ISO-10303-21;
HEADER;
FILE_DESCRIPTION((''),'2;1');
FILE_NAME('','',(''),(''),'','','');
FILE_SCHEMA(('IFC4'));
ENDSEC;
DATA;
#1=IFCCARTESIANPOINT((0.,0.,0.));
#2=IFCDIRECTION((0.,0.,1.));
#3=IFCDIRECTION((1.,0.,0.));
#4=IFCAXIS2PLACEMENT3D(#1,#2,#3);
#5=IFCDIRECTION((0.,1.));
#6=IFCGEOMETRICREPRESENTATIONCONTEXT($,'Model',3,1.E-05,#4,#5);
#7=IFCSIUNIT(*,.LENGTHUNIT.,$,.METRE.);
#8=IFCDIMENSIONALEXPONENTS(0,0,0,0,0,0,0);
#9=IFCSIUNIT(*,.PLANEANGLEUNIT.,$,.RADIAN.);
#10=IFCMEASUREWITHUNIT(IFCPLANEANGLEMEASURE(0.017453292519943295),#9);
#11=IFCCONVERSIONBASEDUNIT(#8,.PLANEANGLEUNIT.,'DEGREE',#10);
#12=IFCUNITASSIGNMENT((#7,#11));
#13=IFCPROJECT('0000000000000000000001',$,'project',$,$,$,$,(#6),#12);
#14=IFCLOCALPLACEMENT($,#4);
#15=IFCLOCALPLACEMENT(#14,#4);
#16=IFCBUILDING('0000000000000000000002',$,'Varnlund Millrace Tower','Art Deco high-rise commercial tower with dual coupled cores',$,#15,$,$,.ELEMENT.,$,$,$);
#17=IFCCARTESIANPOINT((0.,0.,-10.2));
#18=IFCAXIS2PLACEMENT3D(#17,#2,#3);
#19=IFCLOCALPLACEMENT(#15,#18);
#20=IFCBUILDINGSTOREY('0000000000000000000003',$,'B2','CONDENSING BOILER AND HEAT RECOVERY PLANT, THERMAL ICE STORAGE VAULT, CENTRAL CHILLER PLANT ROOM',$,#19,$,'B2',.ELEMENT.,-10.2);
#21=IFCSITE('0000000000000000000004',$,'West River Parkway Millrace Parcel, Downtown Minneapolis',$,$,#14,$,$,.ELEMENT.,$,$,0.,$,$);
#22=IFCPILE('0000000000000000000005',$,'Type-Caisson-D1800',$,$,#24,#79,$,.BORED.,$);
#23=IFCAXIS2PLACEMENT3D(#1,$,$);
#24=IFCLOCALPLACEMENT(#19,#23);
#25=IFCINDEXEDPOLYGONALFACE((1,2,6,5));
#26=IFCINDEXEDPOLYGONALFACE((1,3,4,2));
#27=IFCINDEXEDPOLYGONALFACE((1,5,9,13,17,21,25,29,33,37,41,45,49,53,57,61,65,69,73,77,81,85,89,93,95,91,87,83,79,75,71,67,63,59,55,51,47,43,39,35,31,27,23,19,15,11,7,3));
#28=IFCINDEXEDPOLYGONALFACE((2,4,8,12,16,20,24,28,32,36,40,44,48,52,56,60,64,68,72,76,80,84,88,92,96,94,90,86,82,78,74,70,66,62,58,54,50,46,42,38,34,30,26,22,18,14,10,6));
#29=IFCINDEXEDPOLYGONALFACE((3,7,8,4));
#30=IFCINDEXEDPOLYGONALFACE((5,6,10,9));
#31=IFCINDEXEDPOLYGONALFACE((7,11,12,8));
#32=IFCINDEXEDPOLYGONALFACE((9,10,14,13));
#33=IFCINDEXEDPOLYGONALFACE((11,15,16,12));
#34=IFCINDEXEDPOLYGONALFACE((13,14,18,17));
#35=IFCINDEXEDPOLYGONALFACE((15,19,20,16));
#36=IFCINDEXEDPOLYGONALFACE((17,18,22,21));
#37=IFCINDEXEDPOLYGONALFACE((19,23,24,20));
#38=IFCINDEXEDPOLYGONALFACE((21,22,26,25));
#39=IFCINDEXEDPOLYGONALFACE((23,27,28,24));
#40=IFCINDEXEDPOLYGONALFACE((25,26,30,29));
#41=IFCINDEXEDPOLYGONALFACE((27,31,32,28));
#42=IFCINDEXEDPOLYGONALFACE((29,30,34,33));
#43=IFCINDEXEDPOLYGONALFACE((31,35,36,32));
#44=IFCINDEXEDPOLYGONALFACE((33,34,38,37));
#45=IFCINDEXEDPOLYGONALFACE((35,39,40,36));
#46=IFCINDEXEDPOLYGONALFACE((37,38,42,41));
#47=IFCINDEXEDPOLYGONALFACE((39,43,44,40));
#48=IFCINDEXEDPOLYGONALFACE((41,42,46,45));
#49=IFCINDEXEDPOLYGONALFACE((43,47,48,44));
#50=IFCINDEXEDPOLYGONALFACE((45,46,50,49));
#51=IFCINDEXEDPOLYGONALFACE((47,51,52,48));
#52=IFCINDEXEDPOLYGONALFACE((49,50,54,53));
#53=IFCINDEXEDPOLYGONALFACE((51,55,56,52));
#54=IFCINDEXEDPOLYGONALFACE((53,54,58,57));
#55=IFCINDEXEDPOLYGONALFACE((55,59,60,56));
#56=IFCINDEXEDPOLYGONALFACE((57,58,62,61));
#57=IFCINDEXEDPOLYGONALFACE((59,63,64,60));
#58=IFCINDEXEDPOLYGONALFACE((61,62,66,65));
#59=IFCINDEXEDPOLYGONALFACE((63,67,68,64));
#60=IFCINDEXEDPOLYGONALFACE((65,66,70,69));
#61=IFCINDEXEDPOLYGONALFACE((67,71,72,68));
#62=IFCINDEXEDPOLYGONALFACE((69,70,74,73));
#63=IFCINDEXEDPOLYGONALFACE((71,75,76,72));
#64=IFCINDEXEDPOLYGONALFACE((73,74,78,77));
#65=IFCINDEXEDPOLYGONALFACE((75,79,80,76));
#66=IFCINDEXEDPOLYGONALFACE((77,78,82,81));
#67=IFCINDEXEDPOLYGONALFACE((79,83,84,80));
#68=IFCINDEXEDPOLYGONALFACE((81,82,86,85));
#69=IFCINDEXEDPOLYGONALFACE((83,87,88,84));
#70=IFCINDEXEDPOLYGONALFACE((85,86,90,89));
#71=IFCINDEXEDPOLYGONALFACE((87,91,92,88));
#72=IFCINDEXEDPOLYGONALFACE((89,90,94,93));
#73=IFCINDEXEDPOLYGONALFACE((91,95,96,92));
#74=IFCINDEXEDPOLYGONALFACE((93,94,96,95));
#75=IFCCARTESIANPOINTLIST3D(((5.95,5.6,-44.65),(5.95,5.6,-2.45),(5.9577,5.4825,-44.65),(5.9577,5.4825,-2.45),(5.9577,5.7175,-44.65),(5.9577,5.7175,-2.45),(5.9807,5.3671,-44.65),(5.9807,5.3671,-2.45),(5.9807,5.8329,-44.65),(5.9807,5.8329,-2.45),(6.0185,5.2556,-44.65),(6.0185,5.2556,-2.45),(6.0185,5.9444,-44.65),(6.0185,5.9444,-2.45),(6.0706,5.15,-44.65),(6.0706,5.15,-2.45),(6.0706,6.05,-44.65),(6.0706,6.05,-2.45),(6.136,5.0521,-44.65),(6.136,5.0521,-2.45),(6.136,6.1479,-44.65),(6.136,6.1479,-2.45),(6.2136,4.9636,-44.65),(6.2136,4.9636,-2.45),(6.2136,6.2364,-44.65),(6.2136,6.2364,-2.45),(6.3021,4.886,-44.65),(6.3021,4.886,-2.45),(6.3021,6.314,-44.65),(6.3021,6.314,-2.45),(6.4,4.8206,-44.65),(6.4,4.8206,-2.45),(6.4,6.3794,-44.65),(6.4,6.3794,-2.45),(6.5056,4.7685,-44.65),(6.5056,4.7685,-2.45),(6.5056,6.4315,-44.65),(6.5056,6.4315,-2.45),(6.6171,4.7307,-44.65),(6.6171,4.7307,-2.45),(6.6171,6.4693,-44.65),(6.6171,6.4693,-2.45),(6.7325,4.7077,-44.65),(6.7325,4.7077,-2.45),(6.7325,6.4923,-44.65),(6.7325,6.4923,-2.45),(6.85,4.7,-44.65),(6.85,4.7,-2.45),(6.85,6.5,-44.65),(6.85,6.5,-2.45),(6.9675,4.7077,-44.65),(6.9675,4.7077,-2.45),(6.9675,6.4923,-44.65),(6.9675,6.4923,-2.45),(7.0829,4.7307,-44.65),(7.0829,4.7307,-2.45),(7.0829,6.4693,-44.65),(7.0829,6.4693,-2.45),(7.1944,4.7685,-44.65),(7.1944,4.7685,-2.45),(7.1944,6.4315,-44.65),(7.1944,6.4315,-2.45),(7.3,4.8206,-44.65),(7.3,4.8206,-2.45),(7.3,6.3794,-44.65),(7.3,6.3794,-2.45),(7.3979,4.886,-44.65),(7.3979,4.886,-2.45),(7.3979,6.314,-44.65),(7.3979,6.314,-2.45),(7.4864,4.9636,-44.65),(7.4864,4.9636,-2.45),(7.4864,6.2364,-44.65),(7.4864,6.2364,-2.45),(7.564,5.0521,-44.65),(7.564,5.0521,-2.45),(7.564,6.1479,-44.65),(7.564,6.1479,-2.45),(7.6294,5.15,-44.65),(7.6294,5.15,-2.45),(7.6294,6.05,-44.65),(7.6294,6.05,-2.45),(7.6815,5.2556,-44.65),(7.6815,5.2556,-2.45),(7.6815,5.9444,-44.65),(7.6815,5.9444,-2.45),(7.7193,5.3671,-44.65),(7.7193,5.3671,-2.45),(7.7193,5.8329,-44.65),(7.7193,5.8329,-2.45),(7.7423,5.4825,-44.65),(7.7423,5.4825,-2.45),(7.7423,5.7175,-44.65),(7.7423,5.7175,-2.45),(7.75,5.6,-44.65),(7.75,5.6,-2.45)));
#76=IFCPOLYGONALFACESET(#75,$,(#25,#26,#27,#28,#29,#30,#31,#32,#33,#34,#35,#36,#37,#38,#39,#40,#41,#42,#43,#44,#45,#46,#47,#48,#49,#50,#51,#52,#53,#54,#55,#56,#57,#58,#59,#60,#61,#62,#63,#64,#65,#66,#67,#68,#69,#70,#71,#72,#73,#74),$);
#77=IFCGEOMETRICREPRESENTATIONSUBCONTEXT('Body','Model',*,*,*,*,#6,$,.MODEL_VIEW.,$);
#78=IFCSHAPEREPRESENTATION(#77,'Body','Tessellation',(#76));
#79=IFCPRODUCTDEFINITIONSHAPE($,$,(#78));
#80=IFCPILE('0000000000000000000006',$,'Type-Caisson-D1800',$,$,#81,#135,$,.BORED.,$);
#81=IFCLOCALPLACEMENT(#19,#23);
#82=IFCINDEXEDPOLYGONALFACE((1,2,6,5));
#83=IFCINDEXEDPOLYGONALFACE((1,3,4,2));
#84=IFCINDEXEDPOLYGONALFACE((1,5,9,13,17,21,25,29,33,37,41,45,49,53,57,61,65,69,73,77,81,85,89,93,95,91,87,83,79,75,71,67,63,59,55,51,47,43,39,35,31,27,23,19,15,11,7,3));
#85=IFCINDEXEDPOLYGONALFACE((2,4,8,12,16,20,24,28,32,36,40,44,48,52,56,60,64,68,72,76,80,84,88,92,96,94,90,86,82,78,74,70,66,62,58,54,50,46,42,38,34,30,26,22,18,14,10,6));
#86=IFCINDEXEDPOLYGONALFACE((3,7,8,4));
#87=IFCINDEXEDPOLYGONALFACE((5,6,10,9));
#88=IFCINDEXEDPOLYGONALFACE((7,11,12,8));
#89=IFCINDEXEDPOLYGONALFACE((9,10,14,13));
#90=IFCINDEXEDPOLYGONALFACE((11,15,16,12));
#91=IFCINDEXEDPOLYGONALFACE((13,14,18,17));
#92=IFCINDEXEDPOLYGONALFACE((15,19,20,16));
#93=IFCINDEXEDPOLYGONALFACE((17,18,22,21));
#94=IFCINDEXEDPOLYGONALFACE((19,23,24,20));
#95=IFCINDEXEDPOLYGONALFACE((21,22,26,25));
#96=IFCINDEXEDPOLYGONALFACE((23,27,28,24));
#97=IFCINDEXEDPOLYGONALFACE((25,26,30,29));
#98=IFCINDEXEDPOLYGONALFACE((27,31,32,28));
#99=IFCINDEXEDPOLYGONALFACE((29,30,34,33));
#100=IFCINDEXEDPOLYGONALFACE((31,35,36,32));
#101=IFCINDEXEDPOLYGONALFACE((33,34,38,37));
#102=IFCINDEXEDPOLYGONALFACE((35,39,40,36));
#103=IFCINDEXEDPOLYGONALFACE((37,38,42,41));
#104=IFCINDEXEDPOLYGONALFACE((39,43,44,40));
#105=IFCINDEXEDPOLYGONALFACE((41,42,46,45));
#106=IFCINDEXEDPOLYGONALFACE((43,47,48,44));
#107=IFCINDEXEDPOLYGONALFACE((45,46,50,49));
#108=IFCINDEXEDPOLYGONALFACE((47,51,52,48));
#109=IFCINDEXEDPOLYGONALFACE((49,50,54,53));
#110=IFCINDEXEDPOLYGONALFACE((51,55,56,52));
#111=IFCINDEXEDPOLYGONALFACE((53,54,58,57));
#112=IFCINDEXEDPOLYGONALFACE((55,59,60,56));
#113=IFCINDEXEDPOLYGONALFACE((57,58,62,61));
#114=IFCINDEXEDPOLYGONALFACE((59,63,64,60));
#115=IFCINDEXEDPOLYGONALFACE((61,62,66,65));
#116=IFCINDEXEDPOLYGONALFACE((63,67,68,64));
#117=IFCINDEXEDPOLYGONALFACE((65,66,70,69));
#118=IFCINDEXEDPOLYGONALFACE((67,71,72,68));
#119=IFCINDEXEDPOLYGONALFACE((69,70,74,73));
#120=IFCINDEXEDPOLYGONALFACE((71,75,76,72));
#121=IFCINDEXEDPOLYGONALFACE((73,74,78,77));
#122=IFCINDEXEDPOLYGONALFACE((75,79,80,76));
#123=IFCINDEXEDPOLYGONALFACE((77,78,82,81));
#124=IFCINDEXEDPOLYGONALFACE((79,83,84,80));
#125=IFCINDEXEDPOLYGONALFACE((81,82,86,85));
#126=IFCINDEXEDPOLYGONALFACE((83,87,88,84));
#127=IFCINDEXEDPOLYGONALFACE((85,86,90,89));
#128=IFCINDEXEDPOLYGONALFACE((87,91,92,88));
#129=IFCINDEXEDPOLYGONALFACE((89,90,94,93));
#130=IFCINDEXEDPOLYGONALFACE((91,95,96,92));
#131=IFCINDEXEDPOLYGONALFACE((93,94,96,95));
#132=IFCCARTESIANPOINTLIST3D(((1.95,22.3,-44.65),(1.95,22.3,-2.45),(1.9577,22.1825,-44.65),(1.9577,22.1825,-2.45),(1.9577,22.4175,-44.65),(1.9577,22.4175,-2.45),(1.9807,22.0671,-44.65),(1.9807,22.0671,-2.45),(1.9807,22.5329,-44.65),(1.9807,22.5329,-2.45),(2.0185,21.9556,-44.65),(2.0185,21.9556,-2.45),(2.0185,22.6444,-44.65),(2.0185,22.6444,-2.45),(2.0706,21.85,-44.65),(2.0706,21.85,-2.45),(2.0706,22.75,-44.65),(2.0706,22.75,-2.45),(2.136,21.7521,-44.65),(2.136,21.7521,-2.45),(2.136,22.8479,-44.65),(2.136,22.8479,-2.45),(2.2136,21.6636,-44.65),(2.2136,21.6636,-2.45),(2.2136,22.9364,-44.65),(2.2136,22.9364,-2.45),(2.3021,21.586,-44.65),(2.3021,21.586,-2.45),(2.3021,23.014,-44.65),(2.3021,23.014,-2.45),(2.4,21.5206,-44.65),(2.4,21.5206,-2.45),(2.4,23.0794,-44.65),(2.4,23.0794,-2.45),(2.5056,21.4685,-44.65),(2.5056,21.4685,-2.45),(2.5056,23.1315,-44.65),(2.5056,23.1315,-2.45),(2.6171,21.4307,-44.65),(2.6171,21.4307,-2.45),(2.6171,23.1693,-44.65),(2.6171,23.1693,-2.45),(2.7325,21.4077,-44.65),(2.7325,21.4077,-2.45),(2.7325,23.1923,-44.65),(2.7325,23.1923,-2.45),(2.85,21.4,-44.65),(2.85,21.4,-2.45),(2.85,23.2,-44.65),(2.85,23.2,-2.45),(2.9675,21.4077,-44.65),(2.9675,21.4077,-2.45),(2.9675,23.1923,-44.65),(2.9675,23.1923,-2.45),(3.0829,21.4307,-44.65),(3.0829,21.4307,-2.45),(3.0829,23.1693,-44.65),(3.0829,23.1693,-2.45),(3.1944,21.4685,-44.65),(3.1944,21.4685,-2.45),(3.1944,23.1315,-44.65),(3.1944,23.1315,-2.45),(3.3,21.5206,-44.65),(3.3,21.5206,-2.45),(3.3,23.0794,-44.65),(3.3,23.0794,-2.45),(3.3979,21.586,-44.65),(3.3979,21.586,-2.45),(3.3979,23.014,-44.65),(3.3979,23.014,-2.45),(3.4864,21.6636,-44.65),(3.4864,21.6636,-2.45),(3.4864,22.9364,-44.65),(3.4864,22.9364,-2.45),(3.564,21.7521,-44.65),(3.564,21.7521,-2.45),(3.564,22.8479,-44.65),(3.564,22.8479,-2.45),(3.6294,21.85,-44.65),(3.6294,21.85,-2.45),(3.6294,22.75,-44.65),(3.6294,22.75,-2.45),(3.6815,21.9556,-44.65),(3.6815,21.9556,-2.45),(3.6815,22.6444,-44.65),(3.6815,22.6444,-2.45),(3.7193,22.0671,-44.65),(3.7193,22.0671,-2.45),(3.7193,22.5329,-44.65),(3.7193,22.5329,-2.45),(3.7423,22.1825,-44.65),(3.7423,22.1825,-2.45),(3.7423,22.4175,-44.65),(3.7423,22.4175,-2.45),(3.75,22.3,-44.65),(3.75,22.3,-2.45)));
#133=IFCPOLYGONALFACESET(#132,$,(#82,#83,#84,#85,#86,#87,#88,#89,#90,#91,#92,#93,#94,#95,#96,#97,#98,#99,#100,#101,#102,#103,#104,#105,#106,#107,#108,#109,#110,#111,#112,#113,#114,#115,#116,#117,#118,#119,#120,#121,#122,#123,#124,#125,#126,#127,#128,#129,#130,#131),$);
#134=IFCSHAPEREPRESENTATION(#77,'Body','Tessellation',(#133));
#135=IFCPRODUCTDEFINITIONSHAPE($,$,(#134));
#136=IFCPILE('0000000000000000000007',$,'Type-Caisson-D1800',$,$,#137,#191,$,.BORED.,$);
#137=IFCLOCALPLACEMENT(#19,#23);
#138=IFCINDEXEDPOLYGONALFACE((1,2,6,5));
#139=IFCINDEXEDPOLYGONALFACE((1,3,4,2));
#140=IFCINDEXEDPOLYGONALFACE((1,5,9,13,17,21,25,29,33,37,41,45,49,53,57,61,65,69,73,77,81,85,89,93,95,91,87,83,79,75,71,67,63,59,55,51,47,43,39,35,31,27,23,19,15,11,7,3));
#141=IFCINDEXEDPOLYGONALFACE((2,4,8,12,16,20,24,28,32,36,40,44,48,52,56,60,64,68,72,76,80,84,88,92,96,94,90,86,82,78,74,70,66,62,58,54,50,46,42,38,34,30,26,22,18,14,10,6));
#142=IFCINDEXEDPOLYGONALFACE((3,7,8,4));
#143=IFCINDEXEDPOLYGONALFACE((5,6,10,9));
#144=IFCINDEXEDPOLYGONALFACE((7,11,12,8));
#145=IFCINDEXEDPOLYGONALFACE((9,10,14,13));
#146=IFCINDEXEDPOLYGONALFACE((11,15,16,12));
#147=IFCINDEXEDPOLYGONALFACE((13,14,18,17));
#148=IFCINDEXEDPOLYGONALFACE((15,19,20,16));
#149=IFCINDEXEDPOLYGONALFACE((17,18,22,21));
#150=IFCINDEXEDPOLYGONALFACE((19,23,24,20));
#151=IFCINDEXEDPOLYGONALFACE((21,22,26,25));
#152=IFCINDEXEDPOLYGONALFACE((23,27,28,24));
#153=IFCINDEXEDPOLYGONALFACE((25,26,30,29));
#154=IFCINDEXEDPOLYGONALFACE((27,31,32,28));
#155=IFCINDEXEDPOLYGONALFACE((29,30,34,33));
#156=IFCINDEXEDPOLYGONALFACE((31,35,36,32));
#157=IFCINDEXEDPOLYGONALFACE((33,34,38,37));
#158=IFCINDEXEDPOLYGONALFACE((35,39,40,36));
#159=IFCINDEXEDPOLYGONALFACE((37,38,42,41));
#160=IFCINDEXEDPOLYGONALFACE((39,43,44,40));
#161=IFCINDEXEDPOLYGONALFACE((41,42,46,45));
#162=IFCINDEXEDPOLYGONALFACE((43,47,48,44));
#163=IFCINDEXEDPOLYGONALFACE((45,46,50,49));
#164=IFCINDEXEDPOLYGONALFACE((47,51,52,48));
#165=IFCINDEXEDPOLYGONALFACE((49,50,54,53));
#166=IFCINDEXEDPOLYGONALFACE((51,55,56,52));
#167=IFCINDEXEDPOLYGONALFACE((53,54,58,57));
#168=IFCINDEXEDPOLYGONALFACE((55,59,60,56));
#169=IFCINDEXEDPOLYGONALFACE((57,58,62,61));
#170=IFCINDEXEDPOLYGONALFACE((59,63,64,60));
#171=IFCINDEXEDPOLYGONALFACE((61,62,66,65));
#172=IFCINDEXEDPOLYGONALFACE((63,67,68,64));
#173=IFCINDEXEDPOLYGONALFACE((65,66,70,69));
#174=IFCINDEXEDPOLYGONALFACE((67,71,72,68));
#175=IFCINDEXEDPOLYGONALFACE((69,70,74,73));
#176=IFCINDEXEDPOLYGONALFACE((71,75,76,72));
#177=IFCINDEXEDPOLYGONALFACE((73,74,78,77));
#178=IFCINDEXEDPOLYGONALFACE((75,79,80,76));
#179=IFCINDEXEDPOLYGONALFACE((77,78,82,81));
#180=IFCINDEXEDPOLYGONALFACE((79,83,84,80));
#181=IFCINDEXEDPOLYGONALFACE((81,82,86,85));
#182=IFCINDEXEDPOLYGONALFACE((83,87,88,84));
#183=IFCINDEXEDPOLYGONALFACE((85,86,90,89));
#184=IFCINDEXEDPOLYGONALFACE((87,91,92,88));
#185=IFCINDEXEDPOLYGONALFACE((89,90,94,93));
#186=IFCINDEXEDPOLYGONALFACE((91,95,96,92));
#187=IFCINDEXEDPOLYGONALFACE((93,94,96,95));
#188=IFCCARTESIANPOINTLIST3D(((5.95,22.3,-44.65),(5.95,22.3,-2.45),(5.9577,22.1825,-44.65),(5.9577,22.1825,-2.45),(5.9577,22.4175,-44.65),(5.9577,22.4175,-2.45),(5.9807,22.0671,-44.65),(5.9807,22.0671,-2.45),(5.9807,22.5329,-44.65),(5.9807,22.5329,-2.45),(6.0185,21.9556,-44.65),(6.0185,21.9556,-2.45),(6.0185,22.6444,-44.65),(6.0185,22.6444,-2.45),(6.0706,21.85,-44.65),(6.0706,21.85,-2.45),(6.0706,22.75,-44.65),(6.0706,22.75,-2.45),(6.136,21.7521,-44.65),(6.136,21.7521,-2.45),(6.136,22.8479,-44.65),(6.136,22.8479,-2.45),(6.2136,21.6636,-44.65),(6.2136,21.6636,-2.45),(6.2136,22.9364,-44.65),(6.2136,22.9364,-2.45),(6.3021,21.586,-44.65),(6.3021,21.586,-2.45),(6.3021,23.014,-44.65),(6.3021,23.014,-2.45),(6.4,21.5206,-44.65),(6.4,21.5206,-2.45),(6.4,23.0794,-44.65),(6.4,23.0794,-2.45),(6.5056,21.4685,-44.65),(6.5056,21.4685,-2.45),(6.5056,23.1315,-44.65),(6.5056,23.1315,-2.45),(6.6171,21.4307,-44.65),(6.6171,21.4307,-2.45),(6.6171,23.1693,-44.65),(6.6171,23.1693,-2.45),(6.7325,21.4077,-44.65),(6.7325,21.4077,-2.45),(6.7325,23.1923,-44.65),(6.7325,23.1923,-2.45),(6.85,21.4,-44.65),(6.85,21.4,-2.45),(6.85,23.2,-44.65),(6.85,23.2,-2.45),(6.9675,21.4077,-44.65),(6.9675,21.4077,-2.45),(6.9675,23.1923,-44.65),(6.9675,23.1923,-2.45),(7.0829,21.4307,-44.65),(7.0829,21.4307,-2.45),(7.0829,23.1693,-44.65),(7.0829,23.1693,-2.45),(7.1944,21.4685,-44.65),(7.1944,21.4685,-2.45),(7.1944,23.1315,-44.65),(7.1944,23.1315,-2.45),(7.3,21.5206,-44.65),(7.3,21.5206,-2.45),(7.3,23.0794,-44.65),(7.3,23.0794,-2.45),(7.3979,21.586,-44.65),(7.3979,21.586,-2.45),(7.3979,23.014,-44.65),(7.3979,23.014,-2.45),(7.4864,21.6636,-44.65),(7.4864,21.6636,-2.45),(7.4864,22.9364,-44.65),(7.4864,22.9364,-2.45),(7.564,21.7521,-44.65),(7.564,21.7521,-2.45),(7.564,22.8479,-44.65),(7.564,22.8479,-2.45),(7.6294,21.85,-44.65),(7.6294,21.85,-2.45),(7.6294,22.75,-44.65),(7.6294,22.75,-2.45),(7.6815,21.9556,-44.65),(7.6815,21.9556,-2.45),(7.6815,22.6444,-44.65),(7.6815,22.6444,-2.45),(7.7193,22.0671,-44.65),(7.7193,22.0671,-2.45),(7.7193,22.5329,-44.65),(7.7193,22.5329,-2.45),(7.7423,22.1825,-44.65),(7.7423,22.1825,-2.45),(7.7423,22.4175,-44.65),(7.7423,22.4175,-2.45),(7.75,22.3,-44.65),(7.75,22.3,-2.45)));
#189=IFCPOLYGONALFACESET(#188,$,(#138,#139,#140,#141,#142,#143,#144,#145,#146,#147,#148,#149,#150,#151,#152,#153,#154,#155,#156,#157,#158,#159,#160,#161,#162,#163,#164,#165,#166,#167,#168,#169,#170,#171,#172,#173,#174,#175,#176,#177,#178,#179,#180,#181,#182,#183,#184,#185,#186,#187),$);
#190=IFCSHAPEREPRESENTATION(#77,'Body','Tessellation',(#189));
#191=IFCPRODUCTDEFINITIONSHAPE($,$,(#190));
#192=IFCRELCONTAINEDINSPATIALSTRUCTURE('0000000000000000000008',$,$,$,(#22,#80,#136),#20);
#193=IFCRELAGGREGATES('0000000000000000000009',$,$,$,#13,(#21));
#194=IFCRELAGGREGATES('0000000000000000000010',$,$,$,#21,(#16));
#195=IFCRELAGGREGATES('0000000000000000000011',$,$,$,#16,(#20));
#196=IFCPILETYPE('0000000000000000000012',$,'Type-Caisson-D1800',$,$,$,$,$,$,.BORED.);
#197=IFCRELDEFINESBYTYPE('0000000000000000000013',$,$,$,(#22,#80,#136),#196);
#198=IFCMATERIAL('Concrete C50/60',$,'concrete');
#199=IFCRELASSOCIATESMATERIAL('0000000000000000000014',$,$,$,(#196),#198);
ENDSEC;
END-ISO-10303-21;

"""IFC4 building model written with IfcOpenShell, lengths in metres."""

from ifc_helpers import new_model, entity, si_unit, converted_unit, direction, frame, origin_with_axes, origin_2d_with_axis, place, context, subcontext, project, spatial, circle, extrude, material, material_profile, profile_set, type_object, element, save


model = new_model("IFC4")

# Units and contexts
model_context = context("Model", 3, precision=1e-05, world=origin_with_axes(), true_north=direction((0.0, 1.0)))
body_context = subcontext(model_context, "Body", "Model", "MODEL_VIEW")
ifc_project = project(units=[si_unit("LENGTHUNIT", "METRE"), converted_unit("PLANEANGLEUNIT", "DEGREE", entity("IfcPlaneAngleMeasure", 0.017453292519943295), si_unit("PLANEANGLEUNIT", "RADIAN"), dimensions=[0, 0, 0, 0, 0, 0, 0])], contexts=[model_context])

# Site, building, storey
site_placement = place(None, origin_with_axes())
site = spatial("IfcSite", under=ifc_project, at=site_placement, Name="West River Parkway Millrace Parcel, Downtown Minneapolis", CompositionType="ELEMENT", RefElevation=0.0)
building_placement = place(site_placement, origin_with_axes())
building = spatial("IfcBuilding", under=site, at=building_placement, Name="Varnlund Millrace Tower", Description="Art Deco high-rise commercial tower with dual coupled cores", CompositionType="ELEMENT")
storey_placement = place(building_placement, frame((0.0, 0.0, -10.2), z_axis=(0.0, 0.0, 1.0), x_axis=(1.0, 0.0, 0.0)))
storey = spatial("IfcBuildingStorey", under=building, at=storey_placement, Name="B2", Description="CONDENSING BOILER AND HEAT RECOVERY PLANT, THERMAL ICE STORAGE VAULT, CENTRAL CHILLER PLANT ROOM", LongName="B2", CompositionType="ELEMENT", Elevation=-10.2)

# Piles
ifc_material_1 = material(Name="Concrete C50/60", Category="concrete")
ifc_material_profile_1 = material_profile(ifc_material_1, circle(Radius=0.9, at=origin_2d_with_axis()), Name="Concrete C50/60")
ifc_profile_set_1 = profile_set([ifc_material_profile_1], Name="Concrete C50/60")
pile_type_1 = type_object("IfcPileType", Name="Type-Caisson-D1800", PredefinedType="BORED", material=ifc_profile_set_1)
for number, where, z_axis, x_axis, name in (
    (1, (6.85, 5.6, -44.65), (0.0, 0.0, 1.0), (1.0, 0.0, 0.0), "Type-Caisson-D1800"),
    (2, (2.85, 22.3, -44.65), (0.0, 0.0, 1.0), (1.0, 0.0, 0.0), "Type-Caisson-D1800"),
    (3, (6.85, 22.3, -44.65), (0.0, 0.0, 1.0), (1.0, 0.0, 0.0), "Type-Caisson-D1800"),
):
    element("IfcPile", number, at=place(storey_placement, frame(where, z_axis=z_axis, x_axis=x_axis)), inside=storey, type_object=pile_type_1, Name=name, PredefinedType="BORED", context=body_context, shape_type="SweptSolid", body=[
        extrude(circle(Radius=0.9, at=origin_2d_with_axis()), origin_with_axes(), (0.0, 0.0, 1.0), 42.2),
    ])

save(model, "model.ifc")
